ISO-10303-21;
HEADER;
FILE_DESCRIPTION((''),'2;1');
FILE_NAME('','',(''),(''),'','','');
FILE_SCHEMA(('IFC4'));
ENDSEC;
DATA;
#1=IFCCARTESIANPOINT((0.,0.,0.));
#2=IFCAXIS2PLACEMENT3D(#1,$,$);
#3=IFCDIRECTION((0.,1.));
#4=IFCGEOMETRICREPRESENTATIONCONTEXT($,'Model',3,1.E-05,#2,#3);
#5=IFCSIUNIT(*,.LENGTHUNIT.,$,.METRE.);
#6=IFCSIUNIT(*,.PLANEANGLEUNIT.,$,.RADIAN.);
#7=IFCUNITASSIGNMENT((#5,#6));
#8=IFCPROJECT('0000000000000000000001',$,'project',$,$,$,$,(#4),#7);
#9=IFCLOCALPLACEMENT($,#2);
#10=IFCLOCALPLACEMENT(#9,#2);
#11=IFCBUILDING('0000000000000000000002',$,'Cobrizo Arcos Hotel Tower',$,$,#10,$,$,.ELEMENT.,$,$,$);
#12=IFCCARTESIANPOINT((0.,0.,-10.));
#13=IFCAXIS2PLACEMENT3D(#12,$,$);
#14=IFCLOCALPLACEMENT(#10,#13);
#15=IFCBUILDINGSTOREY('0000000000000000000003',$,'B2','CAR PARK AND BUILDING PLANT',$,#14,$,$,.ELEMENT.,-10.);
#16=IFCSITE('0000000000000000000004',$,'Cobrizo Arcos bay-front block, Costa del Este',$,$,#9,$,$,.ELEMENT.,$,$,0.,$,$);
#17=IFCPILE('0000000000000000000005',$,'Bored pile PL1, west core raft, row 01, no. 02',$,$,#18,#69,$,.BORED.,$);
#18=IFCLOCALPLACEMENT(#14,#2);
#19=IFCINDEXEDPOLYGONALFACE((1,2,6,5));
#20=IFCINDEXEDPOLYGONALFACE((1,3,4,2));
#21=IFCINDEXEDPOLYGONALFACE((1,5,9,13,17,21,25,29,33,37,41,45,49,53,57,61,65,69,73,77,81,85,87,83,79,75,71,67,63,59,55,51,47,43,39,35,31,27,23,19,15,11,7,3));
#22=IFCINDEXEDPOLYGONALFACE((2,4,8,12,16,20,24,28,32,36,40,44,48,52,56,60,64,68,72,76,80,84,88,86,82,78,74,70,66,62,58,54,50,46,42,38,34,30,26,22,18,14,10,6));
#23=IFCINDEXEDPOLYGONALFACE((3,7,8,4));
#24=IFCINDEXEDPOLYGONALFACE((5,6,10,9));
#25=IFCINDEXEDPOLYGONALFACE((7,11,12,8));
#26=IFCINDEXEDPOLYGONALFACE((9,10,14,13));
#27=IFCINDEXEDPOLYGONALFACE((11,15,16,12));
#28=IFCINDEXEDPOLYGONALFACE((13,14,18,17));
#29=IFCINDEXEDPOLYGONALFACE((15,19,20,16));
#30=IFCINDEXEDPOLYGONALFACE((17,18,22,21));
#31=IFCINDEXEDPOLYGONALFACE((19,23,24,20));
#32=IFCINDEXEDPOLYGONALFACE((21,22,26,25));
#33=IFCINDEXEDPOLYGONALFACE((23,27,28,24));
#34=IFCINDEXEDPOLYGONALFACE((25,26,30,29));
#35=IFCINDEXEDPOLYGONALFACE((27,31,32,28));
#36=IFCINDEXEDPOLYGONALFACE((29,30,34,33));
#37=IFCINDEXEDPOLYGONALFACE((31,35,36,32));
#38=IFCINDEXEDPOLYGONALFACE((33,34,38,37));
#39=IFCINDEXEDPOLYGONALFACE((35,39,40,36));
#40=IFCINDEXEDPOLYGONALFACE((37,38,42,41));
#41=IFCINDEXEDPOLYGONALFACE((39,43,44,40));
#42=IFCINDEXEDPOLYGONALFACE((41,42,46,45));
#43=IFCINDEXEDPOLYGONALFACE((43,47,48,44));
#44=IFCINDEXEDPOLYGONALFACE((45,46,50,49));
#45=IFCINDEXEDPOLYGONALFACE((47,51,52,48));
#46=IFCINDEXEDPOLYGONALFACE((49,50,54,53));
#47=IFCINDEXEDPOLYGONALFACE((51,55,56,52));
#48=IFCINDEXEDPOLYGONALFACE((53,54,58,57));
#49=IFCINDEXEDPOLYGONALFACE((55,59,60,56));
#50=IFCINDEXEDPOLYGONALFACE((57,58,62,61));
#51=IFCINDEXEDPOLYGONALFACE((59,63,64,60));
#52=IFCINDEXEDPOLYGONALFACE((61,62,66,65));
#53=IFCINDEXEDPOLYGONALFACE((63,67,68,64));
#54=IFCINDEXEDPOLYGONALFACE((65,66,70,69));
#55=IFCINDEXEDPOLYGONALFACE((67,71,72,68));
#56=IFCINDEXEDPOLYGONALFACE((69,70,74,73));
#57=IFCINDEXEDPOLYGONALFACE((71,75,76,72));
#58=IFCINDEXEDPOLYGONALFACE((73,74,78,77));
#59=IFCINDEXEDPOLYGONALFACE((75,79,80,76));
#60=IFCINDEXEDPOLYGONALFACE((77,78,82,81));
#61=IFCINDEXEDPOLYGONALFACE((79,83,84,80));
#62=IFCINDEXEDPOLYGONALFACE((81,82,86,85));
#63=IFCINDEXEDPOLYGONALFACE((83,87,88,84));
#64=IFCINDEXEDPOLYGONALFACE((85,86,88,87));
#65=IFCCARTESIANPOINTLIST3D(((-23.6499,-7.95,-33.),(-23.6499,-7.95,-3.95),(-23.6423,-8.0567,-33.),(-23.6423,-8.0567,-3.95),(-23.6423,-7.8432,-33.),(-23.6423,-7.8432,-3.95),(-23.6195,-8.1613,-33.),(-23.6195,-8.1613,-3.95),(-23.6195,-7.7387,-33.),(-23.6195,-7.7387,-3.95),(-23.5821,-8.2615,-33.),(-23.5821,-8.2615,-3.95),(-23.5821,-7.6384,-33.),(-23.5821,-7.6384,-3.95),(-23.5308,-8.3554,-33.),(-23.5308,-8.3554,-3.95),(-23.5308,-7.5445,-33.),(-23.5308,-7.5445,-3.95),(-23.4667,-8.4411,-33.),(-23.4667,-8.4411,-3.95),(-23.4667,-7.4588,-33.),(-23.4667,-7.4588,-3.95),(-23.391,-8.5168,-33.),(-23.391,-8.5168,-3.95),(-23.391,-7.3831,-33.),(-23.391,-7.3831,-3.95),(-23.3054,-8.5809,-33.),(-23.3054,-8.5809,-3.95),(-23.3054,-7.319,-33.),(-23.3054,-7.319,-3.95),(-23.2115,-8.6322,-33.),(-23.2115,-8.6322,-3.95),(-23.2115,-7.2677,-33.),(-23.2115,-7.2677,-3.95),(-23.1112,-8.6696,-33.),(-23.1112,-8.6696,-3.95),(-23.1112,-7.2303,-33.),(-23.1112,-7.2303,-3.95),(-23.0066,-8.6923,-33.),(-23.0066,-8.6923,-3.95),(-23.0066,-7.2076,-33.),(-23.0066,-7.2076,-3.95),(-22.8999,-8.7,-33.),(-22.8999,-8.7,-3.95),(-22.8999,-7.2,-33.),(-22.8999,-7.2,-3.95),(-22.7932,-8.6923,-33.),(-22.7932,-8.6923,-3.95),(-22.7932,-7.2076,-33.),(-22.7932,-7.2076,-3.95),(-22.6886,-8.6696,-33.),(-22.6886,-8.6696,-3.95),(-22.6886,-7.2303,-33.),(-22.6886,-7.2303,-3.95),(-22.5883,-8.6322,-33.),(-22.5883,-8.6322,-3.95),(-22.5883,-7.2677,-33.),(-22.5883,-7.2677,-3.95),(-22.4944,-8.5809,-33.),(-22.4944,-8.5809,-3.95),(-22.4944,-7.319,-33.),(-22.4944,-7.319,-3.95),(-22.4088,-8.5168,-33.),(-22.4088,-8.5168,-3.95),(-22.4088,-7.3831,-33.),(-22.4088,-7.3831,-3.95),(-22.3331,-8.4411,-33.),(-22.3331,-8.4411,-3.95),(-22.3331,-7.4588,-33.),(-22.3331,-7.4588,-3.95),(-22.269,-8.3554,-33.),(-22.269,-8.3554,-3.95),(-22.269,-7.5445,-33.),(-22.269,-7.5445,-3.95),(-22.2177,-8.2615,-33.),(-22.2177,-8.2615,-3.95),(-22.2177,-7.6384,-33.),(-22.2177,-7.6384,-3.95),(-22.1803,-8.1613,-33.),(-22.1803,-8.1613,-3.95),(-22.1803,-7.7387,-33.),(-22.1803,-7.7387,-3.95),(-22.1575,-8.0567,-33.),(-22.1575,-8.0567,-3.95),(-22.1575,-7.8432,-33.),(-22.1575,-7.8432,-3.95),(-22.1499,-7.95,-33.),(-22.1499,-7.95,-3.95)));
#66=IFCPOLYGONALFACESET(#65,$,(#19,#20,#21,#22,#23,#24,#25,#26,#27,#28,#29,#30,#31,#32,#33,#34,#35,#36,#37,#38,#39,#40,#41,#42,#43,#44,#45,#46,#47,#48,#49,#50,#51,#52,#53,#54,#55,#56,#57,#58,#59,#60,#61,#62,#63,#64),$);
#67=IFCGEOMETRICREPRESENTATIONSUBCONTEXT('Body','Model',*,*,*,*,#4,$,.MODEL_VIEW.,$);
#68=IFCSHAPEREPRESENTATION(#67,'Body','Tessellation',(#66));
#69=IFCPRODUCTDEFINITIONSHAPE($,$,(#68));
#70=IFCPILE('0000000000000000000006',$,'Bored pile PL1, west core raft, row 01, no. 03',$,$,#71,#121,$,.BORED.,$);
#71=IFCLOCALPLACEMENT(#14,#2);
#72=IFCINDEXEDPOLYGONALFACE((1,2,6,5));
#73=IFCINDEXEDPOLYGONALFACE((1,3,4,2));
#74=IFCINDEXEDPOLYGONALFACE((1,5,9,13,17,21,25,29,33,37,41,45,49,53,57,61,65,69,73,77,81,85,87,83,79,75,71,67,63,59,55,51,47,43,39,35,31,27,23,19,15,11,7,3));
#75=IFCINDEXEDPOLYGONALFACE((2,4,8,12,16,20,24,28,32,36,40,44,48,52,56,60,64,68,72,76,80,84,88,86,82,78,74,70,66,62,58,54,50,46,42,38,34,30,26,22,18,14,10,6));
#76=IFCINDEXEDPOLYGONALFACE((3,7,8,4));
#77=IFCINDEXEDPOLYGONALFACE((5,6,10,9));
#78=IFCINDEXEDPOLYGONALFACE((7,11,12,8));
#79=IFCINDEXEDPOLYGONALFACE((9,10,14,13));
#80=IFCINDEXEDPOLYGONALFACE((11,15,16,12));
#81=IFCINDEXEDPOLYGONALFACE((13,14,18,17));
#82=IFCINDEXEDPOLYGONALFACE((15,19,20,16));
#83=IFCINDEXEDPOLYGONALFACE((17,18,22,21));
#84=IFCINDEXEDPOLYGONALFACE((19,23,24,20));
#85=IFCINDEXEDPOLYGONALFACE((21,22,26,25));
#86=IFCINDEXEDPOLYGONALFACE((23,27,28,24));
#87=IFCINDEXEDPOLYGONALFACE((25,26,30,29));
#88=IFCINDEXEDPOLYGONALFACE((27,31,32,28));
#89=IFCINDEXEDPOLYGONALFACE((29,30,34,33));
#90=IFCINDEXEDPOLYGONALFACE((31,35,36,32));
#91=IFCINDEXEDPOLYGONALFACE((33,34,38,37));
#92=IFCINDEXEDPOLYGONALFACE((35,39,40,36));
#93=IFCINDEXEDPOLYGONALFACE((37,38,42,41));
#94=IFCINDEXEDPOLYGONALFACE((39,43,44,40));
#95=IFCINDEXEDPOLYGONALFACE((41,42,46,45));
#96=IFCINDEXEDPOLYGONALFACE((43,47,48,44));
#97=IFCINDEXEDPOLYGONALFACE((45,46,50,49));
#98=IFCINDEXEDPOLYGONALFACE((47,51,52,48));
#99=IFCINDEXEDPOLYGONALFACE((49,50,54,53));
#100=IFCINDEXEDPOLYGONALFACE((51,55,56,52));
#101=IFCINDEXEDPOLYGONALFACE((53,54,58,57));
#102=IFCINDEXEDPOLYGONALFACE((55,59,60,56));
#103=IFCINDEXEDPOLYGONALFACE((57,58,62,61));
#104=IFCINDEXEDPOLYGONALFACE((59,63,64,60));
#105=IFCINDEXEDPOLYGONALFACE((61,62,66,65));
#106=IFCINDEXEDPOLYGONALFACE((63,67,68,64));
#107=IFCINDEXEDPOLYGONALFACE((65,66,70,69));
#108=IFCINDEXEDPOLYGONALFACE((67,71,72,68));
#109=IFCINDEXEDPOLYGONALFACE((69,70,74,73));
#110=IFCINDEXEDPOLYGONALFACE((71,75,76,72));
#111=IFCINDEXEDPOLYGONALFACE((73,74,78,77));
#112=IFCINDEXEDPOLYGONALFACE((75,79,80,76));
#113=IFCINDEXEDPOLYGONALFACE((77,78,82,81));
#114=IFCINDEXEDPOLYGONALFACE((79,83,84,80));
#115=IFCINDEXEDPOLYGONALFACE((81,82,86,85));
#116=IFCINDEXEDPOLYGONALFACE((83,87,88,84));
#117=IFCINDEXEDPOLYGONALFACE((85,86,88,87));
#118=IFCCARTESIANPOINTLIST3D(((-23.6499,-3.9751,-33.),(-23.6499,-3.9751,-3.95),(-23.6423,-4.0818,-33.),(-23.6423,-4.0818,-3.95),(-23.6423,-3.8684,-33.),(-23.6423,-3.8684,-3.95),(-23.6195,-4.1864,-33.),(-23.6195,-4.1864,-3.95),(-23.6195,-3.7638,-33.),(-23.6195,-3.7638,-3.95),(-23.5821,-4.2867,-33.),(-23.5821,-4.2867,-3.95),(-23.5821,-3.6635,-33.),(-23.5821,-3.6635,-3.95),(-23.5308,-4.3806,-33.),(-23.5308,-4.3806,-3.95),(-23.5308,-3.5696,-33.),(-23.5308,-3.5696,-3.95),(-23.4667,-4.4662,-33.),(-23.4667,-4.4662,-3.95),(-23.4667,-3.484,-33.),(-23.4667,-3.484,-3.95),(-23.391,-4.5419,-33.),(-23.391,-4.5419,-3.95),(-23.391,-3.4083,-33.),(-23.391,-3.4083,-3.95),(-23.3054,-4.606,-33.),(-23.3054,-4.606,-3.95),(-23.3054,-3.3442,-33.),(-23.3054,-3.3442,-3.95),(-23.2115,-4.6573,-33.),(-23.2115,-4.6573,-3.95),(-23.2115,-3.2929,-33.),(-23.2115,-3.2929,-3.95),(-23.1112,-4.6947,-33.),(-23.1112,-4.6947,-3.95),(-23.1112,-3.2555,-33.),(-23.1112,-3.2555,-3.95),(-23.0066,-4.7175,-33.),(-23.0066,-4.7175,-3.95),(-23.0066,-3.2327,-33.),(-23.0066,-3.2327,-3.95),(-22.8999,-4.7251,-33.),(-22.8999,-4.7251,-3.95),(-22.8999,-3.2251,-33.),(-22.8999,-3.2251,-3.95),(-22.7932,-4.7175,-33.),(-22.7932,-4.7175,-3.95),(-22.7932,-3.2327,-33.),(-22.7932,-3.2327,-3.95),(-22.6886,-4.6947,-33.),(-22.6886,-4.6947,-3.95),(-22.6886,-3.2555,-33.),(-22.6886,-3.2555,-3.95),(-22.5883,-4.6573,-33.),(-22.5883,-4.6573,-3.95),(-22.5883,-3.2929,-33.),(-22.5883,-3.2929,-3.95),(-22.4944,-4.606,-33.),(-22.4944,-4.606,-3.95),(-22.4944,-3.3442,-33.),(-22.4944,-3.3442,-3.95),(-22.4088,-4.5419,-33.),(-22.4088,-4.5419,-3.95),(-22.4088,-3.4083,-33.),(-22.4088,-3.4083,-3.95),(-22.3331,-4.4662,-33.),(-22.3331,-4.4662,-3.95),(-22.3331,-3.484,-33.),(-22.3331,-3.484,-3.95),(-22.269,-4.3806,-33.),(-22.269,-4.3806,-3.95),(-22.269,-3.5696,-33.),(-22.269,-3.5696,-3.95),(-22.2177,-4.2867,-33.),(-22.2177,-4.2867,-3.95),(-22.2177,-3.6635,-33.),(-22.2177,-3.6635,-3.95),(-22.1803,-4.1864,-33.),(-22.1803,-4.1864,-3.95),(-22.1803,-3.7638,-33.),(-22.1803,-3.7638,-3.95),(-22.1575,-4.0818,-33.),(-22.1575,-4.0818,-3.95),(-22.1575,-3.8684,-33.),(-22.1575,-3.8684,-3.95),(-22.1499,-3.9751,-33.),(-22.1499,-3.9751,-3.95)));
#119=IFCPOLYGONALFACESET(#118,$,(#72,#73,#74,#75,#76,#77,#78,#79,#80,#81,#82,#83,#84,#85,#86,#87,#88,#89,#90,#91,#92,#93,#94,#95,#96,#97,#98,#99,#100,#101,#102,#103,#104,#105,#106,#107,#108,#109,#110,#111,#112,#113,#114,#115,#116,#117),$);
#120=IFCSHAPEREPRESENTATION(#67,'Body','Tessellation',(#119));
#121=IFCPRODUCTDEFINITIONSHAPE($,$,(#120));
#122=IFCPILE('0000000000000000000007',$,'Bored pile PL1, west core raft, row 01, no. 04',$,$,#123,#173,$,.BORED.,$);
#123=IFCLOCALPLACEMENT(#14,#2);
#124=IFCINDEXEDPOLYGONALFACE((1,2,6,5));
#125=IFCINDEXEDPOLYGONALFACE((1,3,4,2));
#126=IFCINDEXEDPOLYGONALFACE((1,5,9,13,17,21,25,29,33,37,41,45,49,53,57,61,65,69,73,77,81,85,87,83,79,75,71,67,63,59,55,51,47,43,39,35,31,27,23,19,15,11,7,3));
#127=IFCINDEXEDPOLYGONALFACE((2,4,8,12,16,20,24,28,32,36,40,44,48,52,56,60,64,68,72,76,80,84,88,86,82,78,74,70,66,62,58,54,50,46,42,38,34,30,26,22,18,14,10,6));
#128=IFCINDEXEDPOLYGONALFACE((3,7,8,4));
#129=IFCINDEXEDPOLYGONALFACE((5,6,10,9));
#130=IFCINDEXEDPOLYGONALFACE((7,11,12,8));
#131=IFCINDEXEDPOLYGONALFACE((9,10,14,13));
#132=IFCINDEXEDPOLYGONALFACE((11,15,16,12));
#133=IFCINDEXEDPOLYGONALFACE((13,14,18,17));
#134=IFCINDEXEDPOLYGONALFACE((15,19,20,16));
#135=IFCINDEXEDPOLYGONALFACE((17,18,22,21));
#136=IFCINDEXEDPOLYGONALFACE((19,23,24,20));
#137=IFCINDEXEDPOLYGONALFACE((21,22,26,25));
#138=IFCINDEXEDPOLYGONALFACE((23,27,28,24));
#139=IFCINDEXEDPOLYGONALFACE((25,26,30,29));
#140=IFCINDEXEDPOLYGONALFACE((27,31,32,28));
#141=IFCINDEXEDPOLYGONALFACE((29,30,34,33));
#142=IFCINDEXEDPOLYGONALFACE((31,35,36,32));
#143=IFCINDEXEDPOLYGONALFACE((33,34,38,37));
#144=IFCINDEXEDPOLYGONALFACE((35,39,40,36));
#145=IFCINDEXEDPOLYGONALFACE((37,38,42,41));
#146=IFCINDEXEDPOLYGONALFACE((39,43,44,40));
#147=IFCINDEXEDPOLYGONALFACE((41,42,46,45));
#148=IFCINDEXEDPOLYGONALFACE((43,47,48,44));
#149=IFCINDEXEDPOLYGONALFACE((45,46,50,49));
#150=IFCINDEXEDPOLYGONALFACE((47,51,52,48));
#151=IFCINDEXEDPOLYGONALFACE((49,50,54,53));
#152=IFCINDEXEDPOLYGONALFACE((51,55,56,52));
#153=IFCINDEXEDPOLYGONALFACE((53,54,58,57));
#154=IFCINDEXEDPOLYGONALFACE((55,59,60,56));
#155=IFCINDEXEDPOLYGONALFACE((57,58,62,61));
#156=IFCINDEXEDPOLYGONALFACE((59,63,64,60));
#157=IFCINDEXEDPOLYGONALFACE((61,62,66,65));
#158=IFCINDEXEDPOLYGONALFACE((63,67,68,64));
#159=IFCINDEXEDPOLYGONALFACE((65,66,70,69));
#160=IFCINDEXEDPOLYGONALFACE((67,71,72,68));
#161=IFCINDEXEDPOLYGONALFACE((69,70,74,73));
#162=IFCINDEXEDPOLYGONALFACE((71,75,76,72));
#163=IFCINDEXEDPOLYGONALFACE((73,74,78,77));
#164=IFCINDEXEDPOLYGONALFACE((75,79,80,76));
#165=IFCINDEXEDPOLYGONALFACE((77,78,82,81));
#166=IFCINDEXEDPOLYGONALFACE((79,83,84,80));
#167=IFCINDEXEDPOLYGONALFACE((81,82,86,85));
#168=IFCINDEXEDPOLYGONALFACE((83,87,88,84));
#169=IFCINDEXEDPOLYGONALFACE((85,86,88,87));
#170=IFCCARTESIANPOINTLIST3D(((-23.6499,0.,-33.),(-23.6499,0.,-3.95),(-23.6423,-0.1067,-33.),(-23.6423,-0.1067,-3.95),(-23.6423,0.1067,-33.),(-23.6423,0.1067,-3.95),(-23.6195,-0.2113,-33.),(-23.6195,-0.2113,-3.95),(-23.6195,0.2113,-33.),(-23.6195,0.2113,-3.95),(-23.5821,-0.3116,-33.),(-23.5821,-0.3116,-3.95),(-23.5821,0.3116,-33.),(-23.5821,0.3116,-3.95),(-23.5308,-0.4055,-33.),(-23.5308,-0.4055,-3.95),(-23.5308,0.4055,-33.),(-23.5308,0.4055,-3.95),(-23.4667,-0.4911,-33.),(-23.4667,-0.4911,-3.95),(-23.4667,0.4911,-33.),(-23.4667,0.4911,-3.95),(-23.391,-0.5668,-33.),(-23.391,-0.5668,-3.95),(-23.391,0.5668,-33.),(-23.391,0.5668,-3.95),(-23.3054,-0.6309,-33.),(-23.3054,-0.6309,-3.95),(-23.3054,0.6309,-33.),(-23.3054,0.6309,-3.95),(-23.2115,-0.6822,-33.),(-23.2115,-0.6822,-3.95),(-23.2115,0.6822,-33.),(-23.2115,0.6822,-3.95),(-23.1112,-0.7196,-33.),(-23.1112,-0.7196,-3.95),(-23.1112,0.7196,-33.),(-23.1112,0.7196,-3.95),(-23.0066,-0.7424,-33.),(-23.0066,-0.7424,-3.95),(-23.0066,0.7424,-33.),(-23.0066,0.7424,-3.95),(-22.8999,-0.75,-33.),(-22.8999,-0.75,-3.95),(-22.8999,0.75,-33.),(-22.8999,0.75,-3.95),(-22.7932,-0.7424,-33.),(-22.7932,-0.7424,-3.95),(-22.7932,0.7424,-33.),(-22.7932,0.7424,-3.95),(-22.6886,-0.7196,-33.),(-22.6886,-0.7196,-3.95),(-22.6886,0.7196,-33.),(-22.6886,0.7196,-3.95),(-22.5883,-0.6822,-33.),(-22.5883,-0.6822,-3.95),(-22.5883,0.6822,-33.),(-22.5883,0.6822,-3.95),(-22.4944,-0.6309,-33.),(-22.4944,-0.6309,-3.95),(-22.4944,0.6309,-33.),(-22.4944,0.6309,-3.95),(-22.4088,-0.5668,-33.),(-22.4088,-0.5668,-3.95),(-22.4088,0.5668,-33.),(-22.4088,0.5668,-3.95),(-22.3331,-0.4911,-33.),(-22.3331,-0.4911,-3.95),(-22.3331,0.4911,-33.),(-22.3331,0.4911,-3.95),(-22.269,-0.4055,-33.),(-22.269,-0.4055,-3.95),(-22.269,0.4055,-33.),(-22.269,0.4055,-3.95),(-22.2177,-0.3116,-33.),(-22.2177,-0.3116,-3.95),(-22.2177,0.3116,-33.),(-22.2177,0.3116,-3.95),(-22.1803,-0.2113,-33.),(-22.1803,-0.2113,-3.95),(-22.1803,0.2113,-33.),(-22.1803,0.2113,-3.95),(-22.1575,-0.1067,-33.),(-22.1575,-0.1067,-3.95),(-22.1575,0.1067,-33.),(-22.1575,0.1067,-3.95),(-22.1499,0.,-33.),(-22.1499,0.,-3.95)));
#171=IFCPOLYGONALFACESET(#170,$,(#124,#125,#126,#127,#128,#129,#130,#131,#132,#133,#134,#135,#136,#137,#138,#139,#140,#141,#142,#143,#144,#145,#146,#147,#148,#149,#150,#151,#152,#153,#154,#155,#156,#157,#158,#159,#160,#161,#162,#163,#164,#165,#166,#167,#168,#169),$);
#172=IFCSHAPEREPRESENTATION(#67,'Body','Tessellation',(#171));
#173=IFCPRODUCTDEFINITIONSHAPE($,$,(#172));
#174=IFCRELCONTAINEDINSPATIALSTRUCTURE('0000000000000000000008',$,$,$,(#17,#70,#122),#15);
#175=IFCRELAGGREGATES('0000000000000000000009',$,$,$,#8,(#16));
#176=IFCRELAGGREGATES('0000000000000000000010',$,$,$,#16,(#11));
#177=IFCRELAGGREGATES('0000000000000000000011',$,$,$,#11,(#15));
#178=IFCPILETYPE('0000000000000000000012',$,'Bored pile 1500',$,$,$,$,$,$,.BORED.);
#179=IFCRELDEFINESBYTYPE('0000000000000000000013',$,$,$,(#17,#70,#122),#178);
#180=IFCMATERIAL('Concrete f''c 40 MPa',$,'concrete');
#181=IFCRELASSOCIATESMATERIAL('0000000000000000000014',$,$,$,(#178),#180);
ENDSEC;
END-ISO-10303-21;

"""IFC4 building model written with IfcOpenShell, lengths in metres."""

from ifc_helpers import new_model, si_unit, direction, frame, origin, origin_2d, place, context, subcontext, project, spatial, circle, extrude, material, material_profile, profile_set, type_object, element, save


model = new_model("IFC4")

# Units and contexts
model_context = context("Model", 3, precision=1e-05, world=origin(), true_north=direction((0.0, 1.0)))
body_context = subcontext(model_context, "Body", "Model", "MODEL_VIEW")
ifc_project = project(units=[si_unit("LENGTHUNIT", "METRE"), si_unit("PLANEANGLEUNIT", "RADIAN")], contexts=[model_context])

# Site, building, storey
site_placement = place(None, origin())
site = spatial("IfcSite", under=ifc_project, at=site_placement, Name="Cobrizo Arcos bay-front block, Costa del Este", CompositionType="ELEMENT", RefElevation=0.0)
building_placement = place(site_placement, origin())
building = spatial("IfcBuilding", under=site, at=building_placement, Name="Cobrizo Arcos Hotel Tower", CompositionType="ELEMENT")
storey_placement = place(building_placement, frame((0.0, 0.0, -10.0)))
storey = spatial("IfcBuildingStorey", under=building, at=storey_placement, Name="B2", Description="CAR PARK AND BUILDING PLANT", CompositionType="ELEMENT", Elevation=-10.0)

# Piles
ifc_material_1 = material(Name="Concrete f'c 40 MPa", Category="concrete")
ifc_material_profile = material_profile(ifc_material_1, circle(Radius=0.75, at=origin_2d()), Name="BORED PILE 1500")
ifc_profile_set = profile_set([ifc_material_profile], Name="Concrete f'c 40 MPa")
pile_type = type_object("IfcPileType", Name="Bored pile 1500", PredefinedType="BORED", material=ifc_profile_set)
for number, where, z_axis, x_axis, name in (
    (1, (-22.8999, -7.95, -3.95), (0.0, 0.0, -1.0), (1.0, 0.0, 0.0), "Bored pile PL1, west core raft, row 01, no. 02"),
    (2, (-22.8999, -3.9751, -3.95), (0.0, 0.0, -1.0), (1.0, 0.0, 0.0), "Bored pile PL1, west core raft, row 01, no. 03"),
    (3, (-22.8999, 0.0, -3.95), (0.0, 0.0, -1.0), (1.0, 0.0, 0.0), "Bored pile PL1, west core raft, row 01, no. 04"),
):
    element("IfcPile", number, at=place(storey_placement, frame(where, z_axis=z_axis, x_axis=x_axis)), inside=storey, type_object=pile_type, Name=name, PredefinedType="BORED", context=body_context, shape_type="SweptSolid", body=[
        extrude(circle(Radius=0.75, at=origin_2d()), origin(), (0.0, 0.0, 1.0), 29.05),
    ])

save(model, "model.ifc")
